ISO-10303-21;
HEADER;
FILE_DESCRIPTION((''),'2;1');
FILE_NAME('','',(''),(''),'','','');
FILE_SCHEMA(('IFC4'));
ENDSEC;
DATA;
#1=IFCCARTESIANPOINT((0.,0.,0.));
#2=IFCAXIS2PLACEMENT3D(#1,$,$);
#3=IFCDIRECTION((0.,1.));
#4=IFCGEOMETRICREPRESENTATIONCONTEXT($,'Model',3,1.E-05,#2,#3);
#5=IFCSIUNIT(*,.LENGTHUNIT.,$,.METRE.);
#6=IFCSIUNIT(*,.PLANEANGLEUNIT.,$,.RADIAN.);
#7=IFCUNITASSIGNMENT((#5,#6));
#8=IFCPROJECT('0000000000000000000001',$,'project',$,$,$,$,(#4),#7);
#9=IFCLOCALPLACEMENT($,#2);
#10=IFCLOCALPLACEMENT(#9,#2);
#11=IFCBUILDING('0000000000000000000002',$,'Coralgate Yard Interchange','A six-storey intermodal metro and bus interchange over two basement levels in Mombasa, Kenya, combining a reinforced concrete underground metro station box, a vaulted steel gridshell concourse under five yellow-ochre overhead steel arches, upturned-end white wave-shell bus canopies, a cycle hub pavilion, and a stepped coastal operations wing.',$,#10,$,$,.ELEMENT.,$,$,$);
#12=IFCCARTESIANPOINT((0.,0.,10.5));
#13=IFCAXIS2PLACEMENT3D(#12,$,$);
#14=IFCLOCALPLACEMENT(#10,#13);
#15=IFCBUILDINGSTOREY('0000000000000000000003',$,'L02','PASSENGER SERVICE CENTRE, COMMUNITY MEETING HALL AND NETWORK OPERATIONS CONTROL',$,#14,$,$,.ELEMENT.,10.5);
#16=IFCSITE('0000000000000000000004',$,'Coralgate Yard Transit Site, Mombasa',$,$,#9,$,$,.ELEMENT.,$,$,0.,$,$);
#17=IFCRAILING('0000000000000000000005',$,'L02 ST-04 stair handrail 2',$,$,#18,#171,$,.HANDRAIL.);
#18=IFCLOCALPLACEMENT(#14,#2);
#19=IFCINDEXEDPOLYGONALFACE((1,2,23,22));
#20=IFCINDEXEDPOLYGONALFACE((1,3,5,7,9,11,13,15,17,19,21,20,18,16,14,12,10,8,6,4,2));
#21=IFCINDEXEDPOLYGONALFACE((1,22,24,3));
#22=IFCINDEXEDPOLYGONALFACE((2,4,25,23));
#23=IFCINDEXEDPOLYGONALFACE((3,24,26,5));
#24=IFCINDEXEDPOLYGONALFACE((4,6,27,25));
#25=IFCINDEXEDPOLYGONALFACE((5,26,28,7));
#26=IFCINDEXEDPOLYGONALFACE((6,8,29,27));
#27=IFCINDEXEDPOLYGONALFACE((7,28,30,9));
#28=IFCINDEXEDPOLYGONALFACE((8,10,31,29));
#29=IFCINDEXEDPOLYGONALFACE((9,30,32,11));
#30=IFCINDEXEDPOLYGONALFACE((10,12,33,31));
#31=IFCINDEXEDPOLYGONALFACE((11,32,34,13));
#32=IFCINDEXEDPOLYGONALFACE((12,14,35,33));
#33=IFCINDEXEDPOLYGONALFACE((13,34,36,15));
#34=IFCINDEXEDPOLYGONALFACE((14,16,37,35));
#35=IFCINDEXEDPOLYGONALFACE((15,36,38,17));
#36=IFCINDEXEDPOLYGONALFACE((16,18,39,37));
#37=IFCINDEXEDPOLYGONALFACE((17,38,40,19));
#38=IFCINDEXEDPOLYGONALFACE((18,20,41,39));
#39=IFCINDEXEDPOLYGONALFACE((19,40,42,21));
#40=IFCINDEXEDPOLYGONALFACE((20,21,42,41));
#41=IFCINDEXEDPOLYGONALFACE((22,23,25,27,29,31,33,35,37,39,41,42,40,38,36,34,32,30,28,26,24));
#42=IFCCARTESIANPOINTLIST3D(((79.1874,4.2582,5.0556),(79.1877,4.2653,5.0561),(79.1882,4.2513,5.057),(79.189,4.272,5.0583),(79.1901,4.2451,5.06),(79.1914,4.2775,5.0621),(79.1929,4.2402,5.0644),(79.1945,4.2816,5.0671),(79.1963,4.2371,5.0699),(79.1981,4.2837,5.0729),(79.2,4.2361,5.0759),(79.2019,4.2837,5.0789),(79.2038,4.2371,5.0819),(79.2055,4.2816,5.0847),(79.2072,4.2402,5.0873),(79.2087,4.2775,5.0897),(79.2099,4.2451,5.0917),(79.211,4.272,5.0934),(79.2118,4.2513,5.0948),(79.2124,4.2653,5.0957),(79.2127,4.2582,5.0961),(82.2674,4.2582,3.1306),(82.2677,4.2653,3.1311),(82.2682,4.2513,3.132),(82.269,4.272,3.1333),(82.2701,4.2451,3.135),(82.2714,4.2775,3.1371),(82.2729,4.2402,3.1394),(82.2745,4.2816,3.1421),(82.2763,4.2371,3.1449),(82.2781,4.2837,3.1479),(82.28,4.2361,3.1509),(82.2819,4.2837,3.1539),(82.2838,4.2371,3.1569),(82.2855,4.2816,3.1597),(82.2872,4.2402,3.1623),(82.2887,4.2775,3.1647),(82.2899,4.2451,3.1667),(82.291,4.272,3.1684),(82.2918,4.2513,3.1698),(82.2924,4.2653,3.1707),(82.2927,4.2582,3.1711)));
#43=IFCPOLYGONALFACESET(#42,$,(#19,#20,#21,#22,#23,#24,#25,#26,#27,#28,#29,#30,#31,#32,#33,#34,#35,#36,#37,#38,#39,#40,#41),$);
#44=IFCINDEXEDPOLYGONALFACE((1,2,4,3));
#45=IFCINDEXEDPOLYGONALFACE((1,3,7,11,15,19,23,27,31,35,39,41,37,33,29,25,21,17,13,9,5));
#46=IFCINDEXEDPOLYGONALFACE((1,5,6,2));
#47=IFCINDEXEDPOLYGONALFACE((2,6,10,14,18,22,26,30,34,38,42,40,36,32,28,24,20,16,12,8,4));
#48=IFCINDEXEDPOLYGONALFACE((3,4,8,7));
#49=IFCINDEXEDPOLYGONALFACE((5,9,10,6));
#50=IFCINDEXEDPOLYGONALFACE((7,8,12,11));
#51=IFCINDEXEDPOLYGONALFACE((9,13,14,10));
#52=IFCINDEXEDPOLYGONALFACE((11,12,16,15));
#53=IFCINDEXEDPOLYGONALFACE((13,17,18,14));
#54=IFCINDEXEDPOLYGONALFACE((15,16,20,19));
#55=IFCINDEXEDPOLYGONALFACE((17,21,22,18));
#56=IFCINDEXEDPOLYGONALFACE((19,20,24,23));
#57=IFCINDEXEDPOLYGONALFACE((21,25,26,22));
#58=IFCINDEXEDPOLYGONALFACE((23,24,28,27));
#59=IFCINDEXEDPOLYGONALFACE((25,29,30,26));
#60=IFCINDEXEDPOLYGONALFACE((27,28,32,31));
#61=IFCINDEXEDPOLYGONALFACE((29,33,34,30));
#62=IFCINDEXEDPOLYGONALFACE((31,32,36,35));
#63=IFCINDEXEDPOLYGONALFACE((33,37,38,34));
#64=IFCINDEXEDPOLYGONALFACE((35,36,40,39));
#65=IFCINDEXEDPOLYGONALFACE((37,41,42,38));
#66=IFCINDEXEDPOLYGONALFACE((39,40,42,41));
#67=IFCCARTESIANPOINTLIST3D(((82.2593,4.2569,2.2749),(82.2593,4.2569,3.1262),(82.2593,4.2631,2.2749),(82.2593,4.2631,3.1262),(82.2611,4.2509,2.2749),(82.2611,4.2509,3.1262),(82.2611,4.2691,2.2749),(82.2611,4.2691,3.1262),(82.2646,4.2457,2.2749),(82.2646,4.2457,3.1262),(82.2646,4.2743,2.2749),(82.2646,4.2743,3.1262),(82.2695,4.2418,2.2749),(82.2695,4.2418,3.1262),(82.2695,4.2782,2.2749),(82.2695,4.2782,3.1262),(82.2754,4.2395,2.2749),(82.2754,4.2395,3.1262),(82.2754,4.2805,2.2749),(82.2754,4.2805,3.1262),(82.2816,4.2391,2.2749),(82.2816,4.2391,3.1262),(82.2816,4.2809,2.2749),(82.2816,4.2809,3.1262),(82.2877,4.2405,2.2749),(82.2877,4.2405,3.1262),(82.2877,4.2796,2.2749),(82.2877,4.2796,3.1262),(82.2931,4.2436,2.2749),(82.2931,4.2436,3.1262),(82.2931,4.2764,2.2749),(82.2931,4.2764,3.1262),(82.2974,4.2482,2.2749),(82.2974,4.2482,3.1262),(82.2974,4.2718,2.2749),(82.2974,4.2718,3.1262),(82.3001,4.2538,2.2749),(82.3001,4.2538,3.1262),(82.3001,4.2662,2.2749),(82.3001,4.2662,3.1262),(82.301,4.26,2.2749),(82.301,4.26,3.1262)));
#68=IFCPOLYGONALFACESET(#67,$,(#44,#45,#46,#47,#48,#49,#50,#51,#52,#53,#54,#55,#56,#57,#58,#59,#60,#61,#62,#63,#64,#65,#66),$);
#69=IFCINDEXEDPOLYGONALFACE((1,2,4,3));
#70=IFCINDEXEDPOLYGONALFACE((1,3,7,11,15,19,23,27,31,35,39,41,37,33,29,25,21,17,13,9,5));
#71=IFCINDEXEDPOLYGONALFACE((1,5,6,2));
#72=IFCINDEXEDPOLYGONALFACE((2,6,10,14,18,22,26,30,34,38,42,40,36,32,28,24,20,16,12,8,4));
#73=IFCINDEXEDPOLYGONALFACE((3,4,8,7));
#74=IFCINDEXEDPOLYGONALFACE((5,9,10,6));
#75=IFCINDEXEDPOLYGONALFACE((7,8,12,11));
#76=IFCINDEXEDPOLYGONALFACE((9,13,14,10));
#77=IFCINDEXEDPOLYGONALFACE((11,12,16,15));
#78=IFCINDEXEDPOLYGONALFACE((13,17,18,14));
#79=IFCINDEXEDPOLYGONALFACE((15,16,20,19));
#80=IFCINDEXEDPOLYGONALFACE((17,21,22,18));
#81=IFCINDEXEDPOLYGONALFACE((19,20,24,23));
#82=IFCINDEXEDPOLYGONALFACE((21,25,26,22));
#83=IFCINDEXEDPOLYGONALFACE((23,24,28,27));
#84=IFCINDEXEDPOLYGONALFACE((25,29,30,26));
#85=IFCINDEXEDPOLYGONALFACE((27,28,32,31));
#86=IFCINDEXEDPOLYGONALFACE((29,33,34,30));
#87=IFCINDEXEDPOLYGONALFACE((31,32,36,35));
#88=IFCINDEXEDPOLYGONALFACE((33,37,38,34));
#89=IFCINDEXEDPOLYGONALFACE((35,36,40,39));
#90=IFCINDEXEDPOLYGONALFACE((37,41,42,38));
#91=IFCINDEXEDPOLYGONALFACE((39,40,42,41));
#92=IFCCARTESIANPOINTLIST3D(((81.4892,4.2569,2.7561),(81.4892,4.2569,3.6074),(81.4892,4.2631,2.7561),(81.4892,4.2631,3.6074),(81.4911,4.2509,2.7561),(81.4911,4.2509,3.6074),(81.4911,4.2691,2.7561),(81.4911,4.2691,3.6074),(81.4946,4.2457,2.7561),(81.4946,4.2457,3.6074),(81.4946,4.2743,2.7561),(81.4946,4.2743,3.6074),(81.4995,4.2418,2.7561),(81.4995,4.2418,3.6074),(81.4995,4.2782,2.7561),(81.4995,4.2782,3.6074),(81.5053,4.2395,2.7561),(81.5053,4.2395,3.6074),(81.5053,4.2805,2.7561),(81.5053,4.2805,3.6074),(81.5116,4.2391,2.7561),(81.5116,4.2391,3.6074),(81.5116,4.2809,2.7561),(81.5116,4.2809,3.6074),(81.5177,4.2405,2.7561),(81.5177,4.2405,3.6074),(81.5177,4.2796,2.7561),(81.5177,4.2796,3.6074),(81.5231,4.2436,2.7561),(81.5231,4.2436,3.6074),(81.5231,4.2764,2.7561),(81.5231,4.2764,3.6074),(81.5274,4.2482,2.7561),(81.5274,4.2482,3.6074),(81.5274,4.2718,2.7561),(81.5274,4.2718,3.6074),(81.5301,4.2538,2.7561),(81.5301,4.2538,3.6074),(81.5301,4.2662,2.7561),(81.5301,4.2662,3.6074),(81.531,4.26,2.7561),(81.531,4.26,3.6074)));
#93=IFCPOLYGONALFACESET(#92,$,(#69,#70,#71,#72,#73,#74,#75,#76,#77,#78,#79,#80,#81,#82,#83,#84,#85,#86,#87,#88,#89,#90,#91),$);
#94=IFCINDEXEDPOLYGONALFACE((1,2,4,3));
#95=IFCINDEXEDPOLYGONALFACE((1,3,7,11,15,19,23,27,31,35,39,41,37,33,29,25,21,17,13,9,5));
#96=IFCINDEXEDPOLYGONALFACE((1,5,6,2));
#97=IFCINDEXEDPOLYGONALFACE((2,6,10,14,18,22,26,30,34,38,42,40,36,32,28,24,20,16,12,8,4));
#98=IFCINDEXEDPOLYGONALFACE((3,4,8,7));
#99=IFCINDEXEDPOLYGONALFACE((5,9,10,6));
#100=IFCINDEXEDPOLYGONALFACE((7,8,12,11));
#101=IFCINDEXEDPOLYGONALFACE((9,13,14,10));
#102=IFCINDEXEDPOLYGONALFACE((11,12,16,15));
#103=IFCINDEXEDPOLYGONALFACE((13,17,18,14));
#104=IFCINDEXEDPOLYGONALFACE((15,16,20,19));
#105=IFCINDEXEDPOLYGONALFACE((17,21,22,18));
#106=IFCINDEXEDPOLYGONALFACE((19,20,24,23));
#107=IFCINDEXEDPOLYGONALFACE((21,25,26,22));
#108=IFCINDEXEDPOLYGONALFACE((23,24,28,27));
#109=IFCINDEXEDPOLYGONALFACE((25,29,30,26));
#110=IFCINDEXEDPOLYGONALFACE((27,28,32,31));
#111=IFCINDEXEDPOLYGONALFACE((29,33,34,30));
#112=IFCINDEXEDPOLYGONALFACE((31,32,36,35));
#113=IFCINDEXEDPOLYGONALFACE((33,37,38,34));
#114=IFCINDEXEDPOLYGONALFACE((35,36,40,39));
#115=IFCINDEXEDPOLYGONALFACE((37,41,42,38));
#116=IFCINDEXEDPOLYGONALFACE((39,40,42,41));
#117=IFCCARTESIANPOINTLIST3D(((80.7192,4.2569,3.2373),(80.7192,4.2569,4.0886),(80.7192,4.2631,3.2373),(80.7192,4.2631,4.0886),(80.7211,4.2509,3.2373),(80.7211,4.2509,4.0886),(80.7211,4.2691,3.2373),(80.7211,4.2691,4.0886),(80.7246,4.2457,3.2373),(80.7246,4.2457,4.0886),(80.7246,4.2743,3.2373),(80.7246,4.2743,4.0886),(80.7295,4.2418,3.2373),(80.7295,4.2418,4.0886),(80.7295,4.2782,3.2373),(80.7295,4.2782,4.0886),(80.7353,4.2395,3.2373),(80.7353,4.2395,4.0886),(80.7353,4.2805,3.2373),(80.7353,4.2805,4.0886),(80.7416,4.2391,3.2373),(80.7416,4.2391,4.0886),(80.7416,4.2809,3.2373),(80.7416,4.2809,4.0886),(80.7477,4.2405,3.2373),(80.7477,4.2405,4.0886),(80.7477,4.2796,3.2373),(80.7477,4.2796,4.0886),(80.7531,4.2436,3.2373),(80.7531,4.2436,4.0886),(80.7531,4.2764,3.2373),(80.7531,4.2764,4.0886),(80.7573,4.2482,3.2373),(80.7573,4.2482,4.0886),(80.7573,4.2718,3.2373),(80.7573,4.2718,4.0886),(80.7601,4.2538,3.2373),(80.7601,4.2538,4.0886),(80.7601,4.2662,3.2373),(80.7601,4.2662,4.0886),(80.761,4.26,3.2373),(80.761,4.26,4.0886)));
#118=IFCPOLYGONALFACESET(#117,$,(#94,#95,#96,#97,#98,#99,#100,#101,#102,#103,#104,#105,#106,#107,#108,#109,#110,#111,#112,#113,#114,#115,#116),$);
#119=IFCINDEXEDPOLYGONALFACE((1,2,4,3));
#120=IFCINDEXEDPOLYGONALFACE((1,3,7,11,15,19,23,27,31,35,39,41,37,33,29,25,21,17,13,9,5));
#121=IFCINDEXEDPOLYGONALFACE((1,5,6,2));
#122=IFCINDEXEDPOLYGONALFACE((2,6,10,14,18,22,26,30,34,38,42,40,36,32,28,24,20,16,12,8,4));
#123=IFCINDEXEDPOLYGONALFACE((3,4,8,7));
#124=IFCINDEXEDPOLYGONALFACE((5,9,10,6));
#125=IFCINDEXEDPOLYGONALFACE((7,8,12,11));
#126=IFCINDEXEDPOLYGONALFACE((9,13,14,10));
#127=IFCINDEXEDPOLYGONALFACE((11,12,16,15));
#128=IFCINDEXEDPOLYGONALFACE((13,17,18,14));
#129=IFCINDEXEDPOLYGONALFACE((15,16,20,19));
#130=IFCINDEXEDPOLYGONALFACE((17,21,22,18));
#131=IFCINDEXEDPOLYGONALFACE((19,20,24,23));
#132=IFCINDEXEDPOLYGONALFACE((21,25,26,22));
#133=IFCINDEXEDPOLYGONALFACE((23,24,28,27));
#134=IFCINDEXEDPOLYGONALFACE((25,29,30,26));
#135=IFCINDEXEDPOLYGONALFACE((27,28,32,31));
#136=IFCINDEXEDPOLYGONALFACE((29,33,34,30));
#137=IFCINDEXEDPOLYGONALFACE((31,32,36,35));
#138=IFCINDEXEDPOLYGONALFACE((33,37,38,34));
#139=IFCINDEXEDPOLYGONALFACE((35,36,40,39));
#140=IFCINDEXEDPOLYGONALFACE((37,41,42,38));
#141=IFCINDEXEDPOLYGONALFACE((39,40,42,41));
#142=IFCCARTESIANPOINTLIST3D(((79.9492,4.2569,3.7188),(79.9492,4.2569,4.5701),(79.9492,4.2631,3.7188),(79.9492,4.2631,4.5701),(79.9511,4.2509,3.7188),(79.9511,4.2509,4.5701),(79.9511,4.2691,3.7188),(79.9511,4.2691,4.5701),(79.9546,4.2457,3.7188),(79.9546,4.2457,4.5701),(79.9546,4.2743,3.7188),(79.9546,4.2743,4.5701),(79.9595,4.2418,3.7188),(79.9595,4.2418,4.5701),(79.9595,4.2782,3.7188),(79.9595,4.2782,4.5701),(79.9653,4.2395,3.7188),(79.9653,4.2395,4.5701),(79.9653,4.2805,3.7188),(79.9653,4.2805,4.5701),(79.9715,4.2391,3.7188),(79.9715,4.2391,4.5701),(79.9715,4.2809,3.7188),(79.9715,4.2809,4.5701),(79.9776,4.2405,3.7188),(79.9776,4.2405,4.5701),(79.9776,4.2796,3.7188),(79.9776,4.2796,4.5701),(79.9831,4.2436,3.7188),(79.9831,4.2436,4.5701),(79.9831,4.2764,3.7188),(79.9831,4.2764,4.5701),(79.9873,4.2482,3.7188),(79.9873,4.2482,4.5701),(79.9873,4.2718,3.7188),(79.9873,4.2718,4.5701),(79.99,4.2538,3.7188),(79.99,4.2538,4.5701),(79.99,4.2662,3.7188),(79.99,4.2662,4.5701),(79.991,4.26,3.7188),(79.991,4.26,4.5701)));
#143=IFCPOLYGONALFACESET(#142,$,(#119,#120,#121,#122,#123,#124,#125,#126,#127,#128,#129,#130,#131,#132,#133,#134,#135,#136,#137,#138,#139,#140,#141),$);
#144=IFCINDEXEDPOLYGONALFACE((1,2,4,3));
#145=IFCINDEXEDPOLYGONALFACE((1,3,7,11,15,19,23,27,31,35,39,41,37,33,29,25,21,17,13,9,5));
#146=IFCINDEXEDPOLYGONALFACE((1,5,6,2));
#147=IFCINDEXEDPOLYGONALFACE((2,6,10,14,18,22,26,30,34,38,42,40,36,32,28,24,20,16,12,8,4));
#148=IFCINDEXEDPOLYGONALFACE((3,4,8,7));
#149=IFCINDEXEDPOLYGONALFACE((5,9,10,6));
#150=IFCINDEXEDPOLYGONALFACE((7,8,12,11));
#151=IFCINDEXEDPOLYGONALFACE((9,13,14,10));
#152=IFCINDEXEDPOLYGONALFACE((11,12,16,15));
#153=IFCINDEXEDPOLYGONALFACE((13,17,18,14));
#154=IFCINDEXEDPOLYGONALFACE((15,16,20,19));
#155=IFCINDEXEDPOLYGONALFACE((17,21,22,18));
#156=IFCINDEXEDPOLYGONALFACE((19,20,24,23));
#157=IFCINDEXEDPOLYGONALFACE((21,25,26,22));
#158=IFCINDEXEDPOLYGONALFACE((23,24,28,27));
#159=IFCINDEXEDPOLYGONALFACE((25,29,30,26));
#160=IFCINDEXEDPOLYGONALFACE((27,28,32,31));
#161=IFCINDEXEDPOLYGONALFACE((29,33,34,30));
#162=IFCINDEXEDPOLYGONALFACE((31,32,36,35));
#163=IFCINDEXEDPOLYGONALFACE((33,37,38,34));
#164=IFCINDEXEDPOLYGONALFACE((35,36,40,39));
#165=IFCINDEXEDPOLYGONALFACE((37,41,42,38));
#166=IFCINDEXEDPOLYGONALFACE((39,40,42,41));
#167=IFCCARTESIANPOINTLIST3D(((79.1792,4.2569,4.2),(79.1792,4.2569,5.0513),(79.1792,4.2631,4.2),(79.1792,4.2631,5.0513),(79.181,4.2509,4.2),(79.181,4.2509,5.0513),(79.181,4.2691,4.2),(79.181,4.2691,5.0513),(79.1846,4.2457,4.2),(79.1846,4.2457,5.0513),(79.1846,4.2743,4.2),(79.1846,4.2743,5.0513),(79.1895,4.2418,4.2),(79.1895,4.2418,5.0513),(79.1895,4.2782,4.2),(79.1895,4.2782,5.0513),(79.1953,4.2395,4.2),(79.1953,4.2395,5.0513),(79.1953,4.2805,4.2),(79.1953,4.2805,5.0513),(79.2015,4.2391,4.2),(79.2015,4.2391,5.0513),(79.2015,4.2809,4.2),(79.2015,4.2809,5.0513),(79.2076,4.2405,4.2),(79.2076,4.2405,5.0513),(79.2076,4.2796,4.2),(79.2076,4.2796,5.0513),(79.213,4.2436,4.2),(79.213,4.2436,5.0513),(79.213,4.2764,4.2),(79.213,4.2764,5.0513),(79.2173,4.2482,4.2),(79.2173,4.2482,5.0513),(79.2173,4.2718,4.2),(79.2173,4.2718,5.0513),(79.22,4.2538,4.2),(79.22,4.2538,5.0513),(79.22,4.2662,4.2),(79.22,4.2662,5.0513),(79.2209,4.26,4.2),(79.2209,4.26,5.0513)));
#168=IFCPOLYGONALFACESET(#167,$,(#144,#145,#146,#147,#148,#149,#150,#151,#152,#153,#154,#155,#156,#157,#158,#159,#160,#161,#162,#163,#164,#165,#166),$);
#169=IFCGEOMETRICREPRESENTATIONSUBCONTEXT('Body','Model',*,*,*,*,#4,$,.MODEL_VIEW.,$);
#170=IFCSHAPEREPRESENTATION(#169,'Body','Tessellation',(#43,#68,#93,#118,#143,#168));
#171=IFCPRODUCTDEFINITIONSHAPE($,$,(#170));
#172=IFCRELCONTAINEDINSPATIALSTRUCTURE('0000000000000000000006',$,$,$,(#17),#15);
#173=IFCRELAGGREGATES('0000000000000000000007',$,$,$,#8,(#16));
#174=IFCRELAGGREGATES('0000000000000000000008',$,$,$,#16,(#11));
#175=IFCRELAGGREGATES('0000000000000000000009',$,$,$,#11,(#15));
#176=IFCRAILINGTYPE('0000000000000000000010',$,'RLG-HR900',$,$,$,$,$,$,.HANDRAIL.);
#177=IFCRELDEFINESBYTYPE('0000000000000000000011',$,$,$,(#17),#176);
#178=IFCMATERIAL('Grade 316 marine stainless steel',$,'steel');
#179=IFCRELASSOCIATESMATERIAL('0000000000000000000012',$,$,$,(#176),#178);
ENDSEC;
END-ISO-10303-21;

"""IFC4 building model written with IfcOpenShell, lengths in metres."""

from ifc_helpers import new_model, si_unit, direction, frame, origin, origin_2d, place, context, subcontext, project, spatial, circle, extrude, material, type_object, element, save


model = new_model("IFC4")

# Units and contexts
model_context = context("Model", 3, precision=1e-05, world=origin(), true_north=direction((0.0, 1.0)))
body_context = subcontext(model_context, "Body", "Model", "MODEL_VIEW")
ifc_project = project(units=[si_unit("LENGTHUNIT", "METRE"), si_unit("PLANEANGLEUNIT", "RADIAN")], contexts=[model_context])

# Site, building, storey
site_placement = place(None, origin())
site = spatial("IfcSite", under=ifc_project, at=site_placement, Name="Coralgate Yard Transit Site, Mombasa", CompositionType="ELEMENT", RefElevation=0.0)
building_placement = place(site_placement, origin())
building = spatial("IfcBuilding", under=site, at=building_placement, Name="Coralgate Yard Interchange", Description="A six-storey intermodal metro and bus interchange over two basement levels in Mombasa, Kenya, combining a reinforced concrete underground metro station box, a vaulted steel gridshell concourse under five yellow-ochre overhead steel arches, upturned-end white wave-shell bus canopies, a cycle hub pavilion, and a stepped coastal operations wing.", CompositionType="ELEMENT")
storey_placement = place(building_placement, frame((0.0, 0.0, 10.5)))
storey = spatial("IfcBuildingStorey", under=building, at=storey_placement, Name="L02", Description="PASSENGER SERVICE CENTRE, COMMUNITY MEETING HALL AND NETWORK OPERATIONS CONTROL", CompositionType="ELEMENT", Elevation=10.5)

# Railing
ifc_material_1 = material(Name="Grade 316 marine stainless steel", Category="steel")
railing_type_1 = type_object("IfcRailingType", Name="RLG-HR900", PredefinedType="HANDRAIL", material=ifc_material_1)
railing_1_placement = place(storey_placement, frame((82.28, 4.26, 2.2749)))
element("IfcRailing", 1, at=railing_1_placement, inside=storey, type_object=railing_type_1, Name="L02 ST-04 stair handrail 2", PredefinedType="HANDRAIL", context=body_context, shape_type="SweptSolid", body=[
    extrude(circle(Radius=0.0239, at=origin_2d()), frame((0.0, 0.0, 0.876), z_axis=(-0.847998, 0.0, 0.529999), x_axis=(0.0, -1.0, 0.0)), (0.0, 0.0, 1.0), 3.6321),
    extrude(circle(Radius=0.021, at=origin_2d()), origin(), (0.0, 0.0, 1.0), 0.8513),
    extrude(circle(Radius=0.021, at=origin_2d()), frame((-0.77, 0.0, 0.4812)), (0.0, 0.0, 1.0), 0.8513),
    extrude(circle(Radius=0.021, at=origin_2d()), frame((-1.54, 0.0, 0.9624)), (0.0, 0.0, 1.0), 0.8513),
    extrude(circle(Radius=0.021, at=origin_2d()), frame((-2.3101, 0.0, 1.4438)), (0.0, 0.0, 1.0), 0.8513),
    extrude(circle(Radius=0.021, at=origin_2d()), frame((-3.0801, 0.0, 1.925)), (0.0, 0.0, 1.0), 0.8513),
])

save(model, "model.ifc")
